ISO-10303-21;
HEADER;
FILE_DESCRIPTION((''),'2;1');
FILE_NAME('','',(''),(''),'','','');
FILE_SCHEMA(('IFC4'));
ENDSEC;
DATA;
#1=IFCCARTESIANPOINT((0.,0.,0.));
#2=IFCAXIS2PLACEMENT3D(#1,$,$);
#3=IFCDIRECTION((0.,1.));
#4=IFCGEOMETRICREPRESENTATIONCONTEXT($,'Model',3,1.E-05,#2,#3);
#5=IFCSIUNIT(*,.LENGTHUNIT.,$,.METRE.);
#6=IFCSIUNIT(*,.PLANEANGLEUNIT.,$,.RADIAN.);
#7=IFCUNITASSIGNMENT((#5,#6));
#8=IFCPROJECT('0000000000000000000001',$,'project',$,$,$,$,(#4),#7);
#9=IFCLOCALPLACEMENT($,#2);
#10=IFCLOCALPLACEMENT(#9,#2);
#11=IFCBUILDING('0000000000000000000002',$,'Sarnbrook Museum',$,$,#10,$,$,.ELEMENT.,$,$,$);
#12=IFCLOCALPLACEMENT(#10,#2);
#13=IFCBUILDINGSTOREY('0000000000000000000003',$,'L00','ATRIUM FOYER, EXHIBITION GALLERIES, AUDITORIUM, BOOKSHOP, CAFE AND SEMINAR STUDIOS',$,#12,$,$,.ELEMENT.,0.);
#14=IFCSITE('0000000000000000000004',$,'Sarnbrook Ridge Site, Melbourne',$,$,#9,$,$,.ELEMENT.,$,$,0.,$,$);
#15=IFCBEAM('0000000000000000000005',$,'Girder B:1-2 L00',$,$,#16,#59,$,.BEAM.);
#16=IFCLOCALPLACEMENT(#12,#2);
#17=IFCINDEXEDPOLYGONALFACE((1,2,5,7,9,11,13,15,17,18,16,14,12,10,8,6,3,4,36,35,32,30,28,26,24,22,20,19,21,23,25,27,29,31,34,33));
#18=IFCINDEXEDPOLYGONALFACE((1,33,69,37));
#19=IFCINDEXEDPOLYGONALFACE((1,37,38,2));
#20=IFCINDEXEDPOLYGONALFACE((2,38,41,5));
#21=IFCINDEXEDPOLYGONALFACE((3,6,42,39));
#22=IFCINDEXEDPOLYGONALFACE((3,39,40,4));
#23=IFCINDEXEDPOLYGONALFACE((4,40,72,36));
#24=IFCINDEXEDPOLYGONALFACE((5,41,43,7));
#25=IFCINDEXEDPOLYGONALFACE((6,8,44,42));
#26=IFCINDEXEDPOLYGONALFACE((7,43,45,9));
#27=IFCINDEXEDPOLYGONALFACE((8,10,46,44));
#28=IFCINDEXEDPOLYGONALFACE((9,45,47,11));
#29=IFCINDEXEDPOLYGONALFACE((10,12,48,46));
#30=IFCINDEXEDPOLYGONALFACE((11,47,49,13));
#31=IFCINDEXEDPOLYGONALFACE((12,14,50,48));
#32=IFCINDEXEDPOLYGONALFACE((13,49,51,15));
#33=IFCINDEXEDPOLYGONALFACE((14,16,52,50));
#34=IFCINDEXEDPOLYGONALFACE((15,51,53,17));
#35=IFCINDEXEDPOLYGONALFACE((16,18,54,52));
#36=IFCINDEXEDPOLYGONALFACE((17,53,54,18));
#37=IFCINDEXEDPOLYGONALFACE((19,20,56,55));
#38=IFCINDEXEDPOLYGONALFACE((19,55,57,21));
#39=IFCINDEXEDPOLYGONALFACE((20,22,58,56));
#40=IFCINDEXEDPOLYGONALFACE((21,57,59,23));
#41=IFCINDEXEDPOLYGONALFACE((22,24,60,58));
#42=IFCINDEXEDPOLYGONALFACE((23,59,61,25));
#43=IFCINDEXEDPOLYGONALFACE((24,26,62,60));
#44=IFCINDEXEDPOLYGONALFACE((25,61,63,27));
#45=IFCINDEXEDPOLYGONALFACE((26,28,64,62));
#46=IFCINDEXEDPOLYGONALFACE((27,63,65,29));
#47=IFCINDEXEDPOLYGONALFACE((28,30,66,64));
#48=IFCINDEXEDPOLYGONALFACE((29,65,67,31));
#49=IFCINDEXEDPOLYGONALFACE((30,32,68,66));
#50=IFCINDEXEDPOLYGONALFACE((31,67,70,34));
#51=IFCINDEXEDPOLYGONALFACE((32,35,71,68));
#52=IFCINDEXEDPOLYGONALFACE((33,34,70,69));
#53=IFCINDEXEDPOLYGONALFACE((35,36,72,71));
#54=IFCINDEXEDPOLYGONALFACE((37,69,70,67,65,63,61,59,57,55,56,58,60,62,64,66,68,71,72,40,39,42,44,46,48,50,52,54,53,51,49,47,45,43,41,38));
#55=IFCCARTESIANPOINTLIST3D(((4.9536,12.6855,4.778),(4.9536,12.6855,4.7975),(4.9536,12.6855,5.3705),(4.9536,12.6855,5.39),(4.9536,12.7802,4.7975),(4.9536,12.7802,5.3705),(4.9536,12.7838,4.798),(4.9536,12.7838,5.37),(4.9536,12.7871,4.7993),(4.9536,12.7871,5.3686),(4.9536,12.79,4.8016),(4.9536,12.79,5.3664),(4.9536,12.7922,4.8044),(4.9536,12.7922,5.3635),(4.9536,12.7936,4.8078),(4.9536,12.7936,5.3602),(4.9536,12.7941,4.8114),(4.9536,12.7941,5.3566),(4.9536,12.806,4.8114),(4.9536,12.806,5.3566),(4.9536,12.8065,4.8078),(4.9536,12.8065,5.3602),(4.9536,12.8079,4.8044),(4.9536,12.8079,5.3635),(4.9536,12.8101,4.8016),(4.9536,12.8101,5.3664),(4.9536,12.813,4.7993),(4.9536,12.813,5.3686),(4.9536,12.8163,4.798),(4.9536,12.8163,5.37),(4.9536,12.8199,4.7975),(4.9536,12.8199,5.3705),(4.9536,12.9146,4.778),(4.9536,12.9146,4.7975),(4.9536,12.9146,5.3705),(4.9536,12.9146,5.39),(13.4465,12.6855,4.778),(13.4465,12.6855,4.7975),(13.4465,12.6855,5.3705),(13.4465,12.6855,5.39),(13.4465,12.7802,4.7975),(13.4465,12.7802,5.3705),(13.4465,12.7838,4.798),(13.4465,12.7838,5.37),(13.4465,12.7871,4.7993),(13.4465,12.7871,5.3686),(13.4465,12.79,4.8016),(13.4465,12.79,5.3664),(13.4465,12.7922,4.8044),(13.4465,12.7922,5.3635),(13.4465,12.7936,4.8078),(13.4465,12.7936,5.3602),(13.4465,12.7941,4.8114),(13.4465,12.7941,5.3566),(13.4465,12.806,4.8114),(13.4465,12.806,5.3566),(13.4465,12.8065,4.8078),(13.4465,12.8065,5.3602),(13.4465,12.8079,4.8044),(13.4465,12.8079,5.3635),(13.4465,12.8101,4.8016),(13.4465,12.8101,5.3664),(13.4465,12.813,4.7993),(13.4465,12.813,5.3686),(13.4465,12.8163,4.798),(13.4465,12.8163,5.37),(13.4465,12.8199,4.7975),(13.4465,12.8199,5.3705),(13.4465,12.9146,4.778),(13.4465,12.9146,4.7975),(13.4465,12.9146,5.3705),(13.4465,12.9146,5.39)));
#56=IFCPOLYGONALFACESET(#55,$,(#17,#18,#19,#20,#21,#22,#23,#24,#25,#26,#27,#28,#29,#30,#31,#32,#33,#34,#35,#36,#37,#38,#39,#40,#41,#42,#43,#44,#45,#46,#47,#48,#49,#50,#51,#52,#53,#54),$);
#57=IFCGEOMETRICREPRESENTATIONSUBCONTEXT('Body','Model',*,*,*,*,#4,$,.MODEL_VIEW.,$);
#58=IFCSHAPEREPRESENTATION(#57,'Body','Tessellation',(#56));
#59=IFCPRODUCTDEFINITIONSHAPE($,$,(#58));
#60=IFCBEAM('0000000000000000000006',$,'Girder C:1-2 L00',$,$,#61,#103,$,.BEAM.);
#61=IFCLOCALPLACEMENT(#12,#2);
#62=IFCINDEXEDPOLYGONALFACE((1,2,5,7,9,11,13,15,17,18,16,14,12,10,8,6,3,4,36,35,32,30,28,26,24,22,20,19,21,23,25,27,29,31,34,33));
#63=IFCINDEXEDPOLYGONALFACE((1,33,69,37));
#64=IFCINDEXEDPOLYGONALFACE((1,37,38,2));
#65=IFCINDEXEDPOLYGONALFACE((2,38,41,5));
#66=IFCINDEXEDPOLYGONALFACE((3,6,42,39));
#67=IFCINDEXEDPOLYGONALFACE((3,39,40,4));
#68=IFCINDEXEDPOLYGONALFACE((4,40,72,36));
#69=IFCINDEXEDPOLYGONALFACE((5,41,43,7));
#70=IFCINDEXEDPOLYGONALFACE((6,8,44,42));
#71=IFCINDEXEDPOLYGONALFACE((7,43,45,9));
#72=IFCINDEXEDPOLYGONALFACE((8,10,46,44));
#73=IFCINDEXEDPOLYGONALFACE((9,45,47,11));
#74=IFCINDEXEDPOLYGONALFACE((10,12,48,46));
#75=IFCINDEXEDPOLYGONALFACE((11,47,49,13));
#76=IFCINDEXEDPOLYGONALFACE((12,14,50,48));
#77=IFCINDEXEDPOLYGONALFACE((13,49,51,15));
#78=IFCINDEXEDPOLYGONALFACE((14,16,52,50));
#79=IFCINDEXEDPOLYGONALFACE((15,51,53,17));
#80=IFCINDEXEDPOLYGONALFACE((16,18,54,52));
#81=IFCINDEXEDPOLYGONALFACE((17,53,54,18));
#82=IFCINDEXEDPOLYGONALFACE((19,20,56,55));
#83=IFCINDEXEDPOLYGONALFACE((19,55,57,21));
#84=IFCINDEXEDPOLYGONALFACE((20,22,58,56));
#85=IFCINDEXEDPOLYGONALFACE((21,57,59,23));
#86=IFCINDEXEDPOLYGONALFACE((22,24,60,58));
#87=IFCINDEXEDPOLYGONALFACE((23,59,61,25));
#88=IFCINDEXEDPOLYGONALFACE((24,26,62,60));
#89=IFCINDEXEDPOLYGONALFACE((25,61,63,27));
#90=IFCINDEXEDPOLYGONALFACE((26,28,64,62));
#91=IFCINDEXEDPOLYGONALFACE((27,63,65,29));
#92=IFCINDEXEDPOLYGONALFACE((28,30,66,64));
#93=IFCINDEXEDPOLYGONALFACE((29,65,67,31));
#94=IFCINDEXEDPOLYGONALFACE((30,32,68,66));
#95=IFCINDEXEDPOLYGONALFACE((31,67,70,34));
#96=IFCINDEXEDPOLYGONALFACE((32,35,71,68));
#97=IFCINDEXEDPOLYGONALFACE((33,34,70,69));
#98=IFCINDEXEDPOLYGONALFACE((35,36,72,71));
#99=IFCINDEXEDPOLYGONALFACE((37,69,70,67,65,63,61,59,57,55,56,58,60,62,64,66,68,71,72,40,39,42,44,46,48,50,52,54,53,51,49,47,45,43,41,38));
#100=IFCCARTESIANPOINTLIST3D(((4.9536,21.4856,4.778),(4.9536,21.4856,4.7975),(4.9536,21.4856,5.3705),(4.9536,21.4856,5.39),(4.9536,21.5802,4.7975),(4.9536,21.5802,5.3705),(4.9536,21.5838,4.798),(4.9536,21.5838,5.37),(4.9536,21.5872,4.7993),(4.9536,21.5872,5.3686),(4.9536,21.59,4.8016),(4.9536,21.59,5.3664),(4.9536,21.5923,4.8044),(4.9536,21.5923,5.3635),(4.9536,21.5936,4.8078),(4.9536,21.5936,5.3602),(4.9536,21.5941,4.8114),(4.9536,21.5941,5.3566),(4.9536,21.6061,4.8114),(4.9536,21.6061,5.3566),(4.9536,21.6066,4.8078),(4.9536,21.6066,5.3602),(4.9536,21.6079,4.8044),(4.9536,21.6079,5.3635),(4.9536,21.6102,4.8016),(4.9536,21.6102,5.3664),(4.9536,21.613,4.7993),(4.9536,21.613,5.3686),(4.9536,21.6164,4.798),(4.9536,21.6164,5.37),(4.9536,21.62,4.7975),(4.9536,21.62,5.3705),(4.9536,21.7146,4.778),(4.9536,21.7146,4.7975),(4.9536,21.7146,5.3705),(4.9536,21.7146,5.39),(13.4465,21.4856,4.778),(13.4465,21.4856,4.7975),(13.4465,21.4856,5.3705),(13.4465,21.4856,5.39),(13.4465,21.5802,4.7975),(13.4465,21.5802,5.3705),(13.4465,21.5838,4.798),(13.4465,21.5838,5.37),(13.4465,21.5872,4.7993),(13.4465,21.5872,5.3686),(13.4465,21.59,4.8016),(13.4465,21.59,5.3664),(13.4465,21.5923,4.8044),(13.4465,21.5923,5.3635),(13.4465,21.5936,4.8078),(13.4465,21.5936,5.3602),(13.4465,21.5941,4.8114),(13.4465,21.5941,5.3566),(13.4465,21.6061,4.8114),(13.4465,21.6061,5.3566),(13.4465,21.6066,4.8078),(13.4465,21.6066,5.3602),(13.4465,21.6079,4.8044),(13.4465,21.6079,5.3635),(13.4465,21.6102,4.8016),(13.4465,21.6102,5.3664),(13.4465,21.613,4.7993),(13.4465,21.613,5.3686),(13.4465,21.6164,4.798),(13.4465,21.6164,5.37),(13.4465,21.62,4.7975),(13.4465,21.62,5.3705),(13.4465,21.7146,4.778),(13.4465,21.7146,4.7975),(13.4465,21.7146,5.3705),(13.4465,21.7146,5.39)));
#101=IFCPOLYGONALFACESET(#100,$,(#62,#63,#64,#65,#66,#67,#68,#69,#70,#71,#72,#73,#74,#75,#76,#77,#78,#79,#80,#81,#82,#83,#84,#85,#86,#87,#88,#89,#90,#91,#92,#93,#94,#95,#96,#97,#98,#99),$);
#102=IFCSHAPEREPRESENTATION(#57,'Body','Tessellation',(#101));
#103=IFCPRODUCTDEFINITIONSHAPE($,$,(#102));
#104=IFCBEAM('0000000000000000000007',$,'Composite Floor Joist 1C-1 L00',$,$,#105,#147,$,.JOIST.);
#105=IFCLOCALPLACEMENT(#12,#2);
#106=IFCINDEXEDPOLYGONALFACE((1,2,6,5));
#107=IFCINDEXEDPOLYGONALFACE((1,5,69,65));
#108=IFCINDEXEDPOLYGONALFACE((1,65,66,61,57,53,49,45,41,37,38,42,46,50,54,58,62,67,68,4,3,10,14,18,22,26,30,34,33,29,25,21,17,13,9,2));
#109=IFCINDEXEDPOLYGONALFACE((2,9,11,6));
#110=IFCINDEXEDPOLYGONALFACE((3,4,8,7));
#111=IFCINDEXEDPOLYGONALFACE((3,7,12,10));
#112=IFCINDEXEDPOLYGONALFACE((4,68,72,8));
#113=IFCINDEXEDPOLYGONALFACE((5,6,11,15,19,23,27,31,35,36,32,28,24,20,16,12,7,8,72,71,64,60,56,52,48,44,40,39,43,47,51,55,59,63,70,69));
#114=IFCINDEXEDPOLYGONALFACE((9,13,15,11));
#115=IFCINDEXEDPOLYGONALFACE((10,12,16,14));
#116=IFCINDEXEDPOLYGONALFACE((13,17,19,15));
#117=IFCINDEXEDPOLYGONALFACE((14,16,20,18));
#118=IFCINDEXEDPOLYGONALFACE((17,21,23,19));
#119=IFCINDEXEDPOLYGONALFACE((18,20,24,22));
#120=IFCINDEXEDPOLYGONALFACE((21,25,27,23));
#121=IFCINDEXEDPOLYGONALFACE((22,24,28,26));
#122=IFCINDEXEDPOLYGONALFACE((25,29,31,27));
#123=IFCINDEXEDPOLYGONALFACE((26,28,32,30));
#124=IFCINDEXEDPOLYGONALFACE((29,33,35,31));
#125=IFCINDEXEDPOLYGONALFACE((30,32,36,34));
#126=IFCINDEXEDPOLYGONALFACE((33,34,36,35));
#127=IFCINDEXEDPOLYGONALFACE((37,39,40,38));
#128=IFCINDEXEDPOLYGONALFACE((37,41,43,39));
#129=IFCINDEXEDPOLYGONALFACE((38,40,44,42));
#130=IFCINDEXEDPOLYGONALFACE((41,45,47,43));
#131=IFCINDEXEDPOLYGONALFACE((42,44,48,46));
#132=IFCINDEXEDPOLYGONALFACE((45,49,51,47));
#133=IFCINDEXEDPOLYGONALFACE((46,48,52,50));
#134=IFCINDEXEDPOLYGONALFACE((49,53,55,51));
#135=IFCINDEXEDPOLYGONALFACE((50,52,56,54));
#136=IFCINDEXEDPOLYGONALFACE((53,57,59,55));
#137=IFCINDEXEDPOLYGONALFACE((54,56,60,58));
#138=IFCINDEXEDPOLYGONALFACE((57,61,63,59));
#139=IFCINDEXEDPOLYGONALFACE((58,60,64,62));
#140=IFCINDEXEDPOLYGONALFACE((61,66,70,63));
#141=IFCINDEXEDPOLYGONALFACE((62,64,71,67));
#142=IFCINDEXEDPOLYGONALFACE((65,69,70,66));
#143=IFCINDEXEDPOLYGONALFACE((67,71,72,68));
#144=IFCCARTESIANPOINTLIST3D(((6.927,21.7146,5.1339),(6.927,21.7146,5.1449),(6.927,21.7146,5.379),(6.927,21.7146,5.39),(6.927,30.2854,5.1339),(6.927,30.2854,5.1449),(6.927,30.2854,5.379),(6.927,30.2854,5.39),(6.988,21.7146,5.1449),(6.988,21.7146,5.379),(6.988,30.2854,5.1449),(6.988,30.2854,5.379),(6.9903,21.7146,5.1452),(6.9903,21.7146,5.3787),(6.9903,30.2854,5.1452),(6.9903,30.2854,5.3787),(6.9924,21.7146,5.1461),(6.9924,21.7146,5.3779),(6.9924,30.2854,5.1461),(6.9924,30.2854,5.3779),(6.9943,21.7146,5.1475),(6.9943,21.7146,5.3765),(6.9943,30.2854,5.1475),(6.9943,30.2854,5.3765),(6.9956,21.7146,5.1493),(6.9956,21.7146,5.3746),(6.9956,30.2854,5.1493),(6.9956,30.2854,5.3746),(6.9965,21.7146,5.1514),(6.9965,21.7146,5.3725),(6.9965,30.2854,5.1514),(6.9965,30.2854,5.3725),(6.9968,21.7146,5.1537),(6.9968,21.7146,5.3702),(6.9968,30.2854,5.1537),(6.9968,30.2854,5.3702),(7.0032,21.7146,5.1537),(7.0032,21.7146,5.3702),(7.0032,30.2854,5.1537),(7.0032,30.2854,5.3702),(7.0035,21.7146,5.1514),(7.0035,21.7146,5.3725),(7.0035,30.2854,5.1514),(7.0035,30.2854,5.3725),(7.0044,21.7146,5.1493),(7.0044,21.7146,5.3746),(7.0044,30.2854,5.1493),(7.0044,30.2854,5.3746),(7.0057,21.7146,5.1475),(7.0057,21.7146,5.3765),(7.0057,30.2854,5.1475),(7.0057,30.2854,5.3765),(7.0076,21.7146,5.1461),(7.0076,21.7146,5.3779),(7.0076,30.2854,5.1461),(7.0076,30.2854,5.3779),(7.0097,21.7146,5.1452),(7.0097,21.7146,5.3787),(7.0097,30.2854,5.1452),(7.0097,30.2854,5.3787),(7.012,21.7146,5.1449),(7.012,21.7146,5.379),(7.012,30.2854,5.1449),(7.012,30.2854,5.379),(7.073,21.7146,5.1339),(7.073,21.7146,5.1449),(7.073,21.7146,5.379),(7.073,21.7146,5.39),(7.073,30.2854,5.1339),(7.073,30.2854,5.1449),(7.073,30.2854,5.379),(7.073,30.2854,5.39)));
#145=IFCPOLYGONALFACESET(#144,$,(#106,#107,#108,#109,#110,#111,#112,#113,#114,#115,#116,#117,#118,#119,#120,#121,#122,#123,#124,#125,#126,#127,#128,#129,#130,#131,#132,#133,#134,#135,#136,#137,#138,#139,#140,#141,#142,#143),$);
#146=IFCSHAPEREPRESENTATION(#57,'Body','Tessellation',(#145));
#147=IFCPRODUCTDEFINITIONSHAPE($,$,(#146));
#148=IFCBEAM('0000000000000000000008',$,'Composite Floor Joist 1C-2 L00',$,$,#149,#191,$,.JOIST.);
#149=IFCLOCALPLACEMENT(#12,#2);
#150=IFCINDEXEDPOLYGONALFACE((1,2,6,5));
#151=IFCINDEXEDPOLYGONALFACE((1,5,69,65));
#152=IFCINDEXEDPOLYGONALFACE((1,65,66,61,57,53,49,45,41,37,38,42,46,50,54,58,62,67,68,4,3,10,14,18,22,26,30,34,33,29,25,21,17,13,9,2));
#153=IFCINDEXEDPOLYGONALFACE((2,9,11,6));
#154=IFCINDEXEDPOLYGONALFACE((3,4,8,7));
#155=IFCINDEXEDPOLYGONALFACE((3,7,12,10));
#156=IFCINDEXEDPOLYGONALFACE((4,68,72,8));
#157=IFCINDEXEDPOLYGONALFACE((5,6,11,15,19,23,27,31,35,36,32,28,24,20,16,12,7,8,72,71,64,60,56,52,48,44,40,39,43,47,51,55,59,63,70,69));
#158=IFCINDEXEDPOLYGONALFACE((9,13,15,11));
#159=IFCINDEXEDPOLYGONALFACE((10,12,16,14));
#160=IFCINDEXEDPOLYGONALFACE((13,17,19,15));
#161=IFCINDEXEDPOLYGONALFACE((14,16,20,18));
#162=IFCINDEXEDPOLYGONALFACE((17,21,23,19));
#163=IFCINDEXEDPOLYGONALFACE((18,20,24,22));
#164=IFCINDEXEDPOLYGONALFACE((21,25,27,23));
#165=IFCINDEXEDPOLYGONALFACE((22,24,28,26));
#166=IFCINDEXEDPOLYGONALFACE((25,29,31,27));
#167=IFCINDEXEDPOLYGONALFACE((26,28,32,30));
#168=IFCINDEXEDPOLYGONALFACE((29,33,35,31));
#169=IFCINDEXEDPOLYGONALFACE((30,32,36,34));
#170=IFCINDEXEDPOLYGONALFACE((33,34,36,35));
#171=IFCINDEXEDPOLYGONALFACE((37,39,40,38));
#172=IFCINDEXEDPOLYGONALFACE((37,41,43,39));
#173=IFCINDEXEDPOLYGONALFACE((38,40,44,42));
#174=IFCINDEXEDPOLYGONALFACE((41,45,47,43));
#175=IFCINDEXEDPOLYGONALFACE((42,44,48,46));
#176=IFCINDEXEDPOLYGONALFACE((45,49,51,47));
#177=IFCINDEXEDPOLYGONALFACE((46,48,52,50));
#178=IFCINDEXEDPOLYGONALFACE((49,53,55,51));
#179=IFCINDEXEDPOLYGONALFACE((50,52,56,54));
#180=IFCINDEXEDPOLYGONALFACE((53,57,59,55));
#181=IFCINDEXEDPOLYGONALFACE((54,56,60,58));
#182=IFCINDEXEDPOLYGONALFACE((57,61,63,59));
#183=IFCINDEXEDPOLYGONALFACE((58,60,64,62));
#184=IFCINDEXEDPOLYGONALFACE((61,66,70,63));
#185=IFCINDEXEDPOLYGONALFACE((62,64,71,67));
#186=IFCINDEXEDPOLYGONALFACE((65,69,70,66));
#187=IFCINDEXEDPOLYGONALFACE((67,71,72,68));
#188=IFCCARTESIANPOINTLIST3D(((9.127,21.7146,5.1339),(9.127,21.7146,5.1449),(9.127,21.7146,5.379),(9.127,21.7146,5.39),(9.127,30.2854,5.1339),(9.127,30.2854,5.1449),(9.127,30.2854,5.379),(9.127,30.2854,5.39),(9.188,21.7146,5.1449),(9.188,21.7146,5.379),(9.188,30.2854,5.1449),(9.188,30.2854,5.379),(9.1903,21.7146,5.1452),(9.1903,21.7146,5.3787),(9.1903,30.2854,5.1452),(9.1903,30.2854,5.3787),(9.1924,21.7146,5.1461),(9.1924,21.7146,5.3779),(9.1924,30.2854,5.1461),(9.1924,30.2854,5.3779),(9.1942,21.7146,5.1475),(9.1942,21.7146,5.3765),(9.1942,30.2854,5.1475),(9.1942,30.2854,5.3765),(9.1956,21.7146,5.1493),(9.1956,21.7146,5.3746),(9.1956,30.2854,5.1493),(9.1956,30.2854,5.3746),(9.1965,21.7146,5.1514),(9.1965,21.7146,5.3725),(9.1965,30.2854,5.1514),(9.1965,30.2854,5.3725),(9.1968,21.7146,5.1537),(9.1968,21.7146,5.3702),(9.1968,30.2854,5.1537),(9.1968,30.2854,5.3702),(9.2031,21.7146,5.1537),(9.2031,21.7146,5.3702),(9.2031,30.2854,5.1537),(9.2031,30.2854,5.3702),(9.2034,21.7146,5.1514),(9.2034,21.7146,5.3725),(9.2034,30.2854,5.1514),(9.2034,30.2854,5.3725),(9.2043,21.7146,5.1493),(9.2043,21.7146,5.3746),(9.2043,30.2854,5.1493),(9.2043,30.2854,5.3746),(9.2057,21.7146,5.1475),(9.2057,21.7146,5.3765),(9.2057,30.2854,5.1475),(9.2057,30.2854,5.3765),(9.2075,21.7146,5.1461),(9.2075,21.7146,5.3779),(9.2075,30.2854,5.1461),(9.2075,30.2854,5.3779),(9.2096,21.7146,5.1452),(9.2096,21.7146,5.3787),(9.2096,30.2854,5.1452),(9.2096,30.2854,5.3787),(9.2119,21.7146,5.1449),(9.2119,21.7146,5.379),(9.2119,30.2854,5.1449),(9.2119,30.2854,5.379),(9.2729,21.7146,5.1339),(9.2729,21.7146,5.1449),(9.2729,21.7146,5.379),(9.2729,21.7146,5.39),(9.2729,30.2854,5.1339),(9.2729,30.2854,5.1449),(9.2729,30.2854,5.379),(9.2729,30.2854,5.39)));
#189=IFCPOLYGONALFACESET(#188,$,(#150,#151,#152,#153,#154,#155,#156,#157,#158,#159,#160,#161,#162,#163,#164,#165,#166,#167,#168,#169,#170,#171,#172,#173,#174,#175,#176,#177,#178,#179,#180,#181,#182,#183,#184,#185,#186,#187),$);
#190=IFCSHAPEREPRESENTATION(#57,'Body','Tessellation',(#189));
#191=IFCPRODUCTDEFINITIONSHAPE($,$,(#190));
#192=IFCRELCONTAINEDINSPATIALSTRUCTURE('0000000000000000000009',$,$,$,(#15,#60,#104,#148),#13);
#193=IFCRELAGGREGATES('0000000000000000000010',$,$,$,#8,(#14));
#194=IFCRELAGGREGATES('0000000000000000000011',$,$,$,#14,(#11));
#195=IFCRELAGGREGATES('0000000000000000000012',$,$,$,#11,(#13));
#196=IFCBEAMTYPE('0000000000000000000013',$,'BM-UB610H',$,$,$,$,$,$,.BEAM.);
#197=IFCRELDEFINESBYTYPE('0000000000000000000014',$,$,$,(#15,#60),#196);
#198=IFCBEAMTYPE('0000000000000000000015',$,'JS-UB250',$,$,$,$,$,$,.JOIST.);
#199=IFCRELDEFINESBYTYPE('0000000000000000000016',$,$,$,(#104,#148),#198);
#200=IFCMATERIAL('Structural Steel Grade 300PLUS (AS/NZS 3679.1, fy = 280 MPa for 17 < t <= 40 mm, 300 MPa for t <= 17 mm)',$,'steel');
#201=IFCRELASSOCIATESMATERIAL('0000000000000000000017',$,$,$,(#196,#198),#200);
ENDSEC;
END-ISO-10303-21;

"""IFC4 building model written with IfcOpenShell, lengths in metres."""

from ifc_helpers import new_model, si_unit, direction, frame, origin, origin_2d, place, context, subcontext, project, spatial, i_section, extrude, material, material_profile, profile_set, type_object, element, save


model = new_model("IFC4")

# Units and contexts
model_context = context("Model", 3, precision=1e-05, world=origin(), true_north=direction((0.0, 1.0)))
body_context = subcontext(model_context, "Body", "Model", "MODEL_VIEW")
ifc_project = project(units=[si_unit("LENGTHUNIT", "METRE"), si_unit("PLANEANGLEUNIT", "RADIAN")], contexts=[model_context])

# Site, building, storey
site_placement = place(None, origin())
site = spatial("IfcSite", under=ifc_project, at=site_placement, Name="Sarnbrook Ridge Site, Melbourne", CompositionType="ELEMENT", RefElevation=0.0)
building_placement = place(site_placement, origin())
building = spatial("IfcBuilding", under=site, at=building_placement, Name="Sarnbrook Museum", CompositionType="ELEMENT")
storey_placement = place(building_placement, origin())
storey = spatial("IfcBuildingStorey", under=building, at=storey_placement, Name="L00", Description="ATRIUM FOYER, EXHIBITION GALLERIES, AUDITORIUM, BOOKSHOP, CAFE AND SEMINAR STUDIOS", CompositionType="ELEMENT", Elevation=0.0)

# Shared definitions
ifc_material_1 = material(Name="Structural Steel Grade 300PLUS (AS/NZS 3679.1, fy = 280 MPa for 17 < t <= 40 mm, 300 MPa for t <= 17 mm)", Category="steel")

# Beams
ifc_material_profile_1 = material_profile(ifc_material_1, i_section(OverallWidth=0.229, OverallDepth=0.6121, WebThickness=0.012, FlangeThickness=0.0195, FilletRadius=0.0139, at=origin_2d()), Name="610UB125")
ifc_profile_set_1 = profile_set([ifc_material_profile_1], Name="Structural Steel Grade 300PLUS (AS/NZS 3679.1, fy = 280 MPa for 17 < t <= 40 mm, 300 MPa for t <= 17 mm)")
beam_type_1 = type_object("IfcBeamType", Name="BM-UB610H", PredefinedType="BEAM", material=ifc_profile_set_1)
for number, where, z_axis, x_axis, name in (
    (1, (4.9536, 12.8, 5.084), (1.0, 0.0, 0.0), (0.0, 1.0, 0.0), "Girder B:1-2 L00"),
    (2, (4.9536, 21.6001, 5.084), (1.0, 0.0, 0.0), (0.0, 1.0, 0.0), "Girder C:1-2 L00"),
):
    element("IfcBeam", number, at=place(storey_placement, frame(where, z_axis=z_axis, x_axis=x_axis)), inside=storey, type_object=beam_type_1, Name=name, PredefinedType="BEAM", context=body_context, shape_type="SweptSolid", body=[
        extrude(i_section(OverallWidth=0.229, OverallDepth=0.6121, WebThickness=0.012, FlangeThickness=0.0195, FilletRadius=0.0139, at=origin_2d()), origin(), (0.0, 0.0, 1.0), 8.4929),
    ])
ifc_material_profile_2 = material_profile(ifc_material_1, i_section(OverallWidth=0.146, OverallDepth=0.2561, WebThickness=0.0063, FlangeThickness=0.011, FilletRadius=0.0088, at=origin_2d()), Name="250UB37.3")
ifc_profile_set_2 = profile_set([ifc_material_profile_2], Name="Structural Steel Grade 300PLUS (AS/NZS 3679.1, fy = 280 MPa for 17 < t <= 40 mm, 300 MPa for t <= 17 mm)")
beam_type_2 = type_object("IfcBeamType", Name="JS-UB250", PredefinedType="JOIST", material=ifc_profile_set_2)
for number, where, z_axis, x_axis, name in (
    (3, (7.0, 21.7146, 5.262), (0.0, 1.0, 0.0), (-1.0, 0.0, 0.0), "Composite Floor Joist 1C-1 L00"),
    (4, (9.2, 21.7146, 5.262), (0.0, 1.0, 0.0), (-1.0, 0.0, 0.0), "Composite Floor Joist 1C-2 L00"),
):
    element("IfcBeam", number, at=place(storey_placement, frame(where, z_axis=z_axis, x_axis=x_axis)), inside=storey, type_object=beam_type_2, Name=name, PredefinedType="JOIST", context=body_context, shape_type="SweptSolid", body=[
        extrude(i_section(OverallWidth=0.146, OverallDepth=0.2561, WebThickness=0.0063, FlangeThickness=0.011, FilletRadius=0.0088, at=origin_2d()), origin(), (0.0, 0.0, 1.0), 8.5708),
    ])

save(model, "model.ifc")
